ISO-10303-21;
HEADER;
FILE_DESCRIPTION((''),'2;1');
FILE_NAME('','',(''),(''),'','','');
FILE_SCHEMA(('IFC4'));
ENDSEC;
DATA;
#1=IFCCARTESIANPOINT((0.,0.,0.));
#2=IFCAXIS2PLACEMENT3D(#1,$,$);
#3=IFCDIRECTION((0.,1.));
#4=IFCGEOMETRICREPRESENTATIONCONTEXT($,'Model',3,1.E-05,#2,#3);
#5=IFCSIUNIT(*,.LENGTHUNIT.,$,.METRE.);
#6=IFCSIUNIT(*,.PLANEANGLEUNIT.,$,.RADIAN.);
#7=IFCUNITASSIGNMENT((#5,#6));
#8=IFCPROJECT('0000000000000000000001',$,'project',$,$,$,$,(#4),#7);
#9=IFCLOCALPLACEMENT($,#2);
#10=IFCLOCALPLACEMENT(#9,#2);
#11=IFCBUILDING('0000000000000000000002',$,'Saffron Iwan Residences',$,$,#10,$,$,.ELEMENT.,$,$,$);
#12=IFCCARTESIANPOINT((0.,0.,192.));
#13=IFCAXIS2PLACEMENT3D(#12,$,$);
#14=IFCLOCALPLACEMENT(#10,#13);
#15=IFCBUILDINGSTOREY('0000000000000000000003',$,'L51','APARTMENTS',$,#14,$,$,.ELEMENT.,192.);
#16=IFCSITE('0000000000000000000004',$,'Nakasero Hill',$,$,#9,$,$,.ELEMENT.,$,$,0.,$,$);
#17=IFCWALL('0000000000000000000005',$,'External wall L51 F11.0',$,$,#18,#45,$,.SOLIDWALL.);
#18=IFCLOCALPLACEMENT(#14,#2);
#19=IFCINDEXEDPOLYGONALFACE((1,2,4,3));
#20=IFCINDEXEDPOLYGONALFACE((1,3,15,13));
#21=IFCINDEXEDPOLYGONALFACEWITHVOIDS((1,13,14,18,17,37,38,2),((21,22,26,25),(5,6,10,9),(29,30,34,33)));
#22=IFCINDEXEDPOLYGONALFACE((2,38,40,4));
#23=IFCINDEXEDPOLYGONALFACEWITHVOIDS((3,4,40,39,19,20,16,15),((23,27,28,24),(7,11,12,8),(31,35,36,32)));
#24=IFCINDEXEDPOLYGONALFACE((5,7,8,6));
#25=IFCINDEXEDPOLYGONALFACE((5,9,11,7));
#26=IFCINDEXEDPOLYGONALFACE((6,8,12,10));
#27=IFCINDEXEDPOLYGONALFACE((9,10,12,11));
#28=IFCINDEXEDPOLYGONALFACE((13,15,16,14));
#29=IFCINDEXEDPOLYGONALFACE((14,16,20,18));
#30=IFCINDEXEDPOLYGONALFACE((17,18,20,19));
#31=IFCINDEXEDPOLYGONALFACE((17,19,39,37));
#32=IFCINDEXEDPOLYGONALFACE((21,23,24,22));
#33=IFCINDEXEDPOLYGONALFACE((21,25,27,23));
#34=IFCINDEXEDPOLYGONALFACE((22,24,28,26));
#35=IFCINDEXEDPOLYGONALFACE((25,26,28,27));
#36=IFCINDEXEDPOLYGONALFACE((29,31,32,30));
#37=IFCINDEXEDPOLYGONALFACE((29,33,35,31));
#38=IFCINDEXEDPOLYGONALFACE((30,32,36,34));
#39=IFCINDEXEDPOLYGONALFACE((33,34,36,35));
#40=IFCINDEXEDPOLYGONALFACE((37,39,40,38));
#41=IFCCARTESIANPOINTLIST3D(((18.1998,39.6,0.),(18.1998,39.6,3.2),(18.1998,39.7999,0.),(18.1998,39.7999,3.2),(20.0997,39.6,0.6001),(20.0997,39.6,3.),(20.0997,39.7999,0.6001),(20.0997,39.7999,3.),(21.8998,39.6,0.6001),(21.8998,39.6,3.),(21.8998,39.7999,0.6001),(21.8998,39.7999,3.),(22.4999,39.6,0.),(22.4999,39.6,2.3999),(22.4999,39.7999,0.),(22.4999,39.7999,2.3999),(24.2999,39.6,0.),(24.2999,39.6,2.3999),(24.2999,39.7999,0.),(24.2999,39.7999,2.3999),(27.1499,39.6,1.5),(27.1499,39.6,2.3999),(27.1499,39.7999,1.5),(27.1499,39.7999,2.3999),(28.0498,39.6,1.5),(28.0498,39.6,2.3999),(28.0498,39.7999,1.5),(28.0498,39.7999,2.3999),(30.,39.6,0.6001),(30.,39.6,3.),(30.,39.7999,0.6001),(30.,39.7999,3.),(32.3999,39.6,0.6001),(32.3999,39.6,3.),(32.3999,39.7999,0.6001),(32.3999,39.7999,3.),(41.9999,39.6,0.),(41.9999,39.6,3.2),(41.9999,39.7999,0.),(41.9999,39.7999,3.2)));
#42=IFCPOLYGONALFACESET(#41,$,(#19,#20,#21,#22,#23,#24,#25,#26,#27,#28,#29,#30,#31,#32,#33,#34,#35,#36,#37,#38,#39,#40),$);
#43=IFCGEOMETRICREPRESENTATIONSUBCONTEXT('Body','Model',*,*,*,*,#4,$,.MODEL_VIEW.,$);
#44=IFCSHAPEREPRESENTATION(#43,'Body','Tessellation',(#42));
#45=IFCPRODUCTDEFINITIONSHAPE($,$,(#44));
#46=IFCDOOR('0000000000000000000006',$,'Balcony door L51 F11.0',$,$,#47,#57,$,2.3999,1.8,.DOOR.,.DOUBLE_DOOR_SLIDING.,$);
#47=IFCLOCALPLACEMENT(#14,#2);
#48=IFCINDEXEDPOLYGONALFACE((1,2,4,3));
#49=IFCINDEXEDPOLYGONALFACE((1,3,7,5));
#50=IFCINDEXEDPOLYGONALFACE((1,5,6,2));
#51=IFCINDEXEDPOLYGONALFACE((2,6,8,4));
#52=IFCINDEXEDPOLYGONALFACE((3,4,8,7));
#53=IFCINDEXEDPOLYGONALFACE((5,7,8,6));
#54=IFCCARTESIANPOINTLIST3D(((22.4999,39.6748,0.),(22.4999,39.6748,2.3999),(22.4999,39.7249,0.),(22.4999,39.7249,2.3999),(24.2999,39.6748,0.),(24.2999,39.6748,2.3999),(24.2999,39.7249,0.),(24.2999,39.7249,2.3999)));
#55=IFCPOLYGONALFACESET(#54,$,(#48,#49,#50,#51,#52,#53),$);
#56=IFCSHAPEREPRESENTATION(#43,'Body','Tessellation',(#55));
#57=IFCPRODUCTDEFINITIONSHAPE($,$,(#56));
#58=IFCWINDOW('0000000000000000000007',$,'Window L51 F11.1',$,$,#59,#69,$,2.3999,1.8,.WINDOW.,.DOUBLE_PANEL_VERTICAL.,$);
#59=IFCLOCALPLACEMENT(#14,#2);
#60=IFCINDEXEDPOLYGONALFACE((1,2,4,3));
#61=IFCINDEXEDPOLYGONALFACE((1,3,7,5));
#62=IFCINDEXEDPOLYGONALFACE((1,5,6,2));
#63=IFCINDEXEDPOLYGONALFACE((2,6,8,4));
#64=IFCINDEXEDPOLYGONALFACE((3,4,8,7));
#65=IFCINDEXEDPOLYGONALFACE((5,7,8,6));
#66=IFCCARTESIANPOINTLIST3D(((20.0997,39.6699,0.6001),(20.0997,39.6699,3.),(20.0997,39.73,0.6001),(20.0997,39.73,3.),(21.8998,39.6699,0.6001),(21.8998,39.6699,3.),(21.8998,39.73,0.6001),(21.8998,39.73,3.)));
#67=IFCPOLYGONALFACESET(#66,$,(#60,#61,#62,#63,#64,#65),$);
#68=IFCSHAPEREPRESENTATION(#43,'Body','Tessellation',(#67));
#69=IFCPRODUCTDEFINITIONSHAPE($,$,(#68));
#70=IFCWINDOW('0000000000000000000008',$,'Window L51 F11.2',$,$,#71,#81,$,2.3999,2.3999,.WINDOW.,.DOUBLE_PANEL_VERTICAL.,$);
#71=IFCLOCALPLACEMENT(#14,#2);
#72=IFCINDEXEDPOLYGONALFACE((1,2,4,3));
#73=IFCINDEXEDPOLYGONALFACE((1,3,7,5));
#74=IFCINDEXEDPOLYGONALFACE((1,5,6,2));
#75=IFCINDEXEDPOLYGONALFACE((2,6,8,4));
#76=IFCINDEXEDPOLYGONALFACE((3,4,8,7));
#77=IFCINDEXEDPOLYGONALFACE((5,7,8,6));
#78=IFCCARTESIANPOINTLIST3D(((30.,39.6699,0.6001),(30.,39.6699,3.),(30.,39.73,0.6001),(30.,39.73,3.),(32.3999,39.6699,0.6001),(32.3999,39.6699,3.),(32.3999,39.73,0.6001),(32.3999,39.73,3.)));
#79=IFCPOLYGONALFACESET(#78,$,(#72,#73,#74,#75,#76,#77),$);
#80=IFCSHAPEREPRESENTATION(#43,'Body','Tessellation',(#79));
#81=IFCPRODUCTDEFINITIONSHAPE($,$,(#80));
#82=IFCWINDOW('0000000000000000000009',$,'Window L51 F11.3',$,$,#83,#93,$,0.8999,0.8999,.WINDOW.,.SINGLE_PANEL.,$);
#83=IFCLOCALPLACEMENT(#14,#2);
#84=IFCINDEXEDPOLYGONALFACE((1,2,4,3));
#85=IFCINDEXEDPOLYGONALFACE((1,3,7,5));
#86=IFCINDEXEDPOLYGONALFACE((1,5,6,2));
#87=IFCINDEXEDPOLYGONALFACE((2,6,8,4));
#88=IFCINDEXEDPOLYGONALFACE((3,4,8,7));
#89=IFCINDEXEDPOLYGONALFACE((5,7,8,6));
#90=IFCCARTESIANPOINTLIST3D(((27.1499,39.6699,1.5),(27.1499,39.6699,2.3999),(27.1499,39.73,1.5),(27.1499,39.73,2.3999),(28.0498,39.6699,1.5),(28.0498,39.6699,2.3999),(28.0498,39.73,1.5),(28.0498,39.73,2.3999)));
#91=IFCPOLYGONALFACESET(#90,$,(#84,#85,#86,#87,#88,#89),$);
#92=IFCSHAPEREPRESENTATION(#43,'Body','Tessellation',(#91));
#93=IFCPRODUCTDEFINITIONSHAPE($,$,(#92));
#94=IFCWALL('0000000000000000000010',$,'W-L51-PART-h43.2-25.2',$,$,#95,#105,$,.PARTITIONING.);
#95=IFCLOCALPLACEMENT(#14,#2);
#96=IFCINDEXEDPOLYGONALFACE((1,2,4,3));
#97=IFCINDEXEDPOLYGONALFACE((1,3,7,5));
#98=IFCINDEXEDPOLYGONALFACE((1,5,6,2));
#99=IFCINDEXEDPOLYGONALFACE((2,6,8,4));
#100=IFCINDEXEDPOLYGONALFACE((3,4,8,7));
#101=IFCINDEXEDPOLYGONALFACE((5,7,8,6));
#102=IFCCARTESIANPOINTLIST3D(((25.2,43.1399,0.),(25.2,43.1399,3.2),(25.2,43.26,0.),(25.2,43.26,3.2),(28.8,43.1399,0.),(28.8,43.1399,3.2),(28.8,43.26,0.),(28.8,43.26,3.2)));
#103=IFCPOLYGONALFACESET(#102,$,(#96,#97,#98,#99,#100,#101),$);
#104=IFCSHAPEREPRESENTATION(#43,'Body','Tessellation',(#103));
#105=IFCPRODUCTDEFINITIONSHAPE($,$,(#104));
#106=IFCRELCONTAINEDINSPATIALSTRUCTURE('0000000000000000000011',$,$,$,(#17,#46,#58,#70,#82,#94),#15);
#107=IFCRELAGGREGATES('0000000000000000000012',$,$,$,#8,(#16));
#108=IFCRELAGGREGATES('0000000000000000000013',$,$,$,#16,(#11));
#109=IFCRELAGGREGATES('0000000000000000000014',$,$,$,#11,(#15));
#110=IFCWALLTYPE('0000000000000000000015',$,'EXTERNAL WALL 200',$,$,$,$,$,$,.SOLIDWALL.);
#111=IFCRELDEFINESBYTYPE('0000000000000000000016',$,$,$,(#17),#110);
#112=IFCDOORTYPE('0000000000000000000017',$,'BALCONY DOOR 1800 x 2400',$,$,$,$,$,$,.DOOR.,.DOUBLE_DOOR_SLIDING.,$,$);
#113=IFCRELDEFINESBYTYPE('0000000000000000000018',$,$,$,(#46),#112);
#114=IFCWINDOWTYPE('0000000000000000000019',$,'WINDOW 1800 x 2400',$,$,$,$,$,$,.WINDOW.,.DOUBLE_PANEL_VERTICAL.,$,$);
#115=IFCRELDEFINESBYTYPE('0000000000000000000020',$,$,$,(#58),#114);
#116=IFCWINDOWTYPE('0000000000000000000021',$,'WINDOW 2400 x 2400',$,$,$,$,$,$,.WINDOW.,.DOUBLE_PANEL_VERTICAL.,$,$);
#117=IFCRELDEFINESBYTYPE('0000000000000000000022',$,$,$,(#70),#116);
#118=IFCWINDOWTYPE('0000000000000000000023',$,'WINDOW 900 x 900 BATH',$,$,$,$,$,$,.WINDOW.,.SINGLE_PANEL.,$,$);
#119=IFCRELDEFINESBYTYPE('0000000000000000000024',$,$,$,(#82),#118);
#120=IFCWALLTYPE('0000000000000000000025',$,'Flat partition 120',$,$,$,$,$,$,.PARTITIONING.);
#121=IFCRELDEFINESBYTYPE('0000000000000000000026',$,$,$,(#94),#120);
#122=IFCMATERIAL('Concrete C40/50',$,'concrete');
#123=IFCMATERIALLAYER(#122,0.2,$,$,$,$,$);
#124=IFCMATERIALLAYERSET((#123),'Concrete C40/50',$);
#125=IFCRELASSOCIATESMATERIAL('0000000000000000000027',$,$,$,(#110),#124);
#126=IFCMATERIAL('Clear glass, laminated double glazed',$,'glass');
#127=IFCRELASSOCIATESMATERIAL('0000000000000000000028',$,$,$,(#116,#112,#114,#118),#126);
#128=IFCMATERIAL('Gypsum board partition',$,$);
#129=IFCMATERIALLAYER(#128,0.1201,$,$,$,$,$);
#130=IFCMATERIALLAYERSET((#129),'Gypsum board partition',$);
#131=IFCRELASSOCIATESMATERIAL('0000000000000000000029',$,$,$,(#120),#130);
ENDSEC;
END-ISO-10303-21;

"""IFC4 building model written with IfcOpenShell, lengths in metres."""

from ifc_helpers import new_model, si_unit, direction, frame, frame_2d, origin, place, context, subcontext, project, spatial, rectangle, extrude, material, layer, layer_set, type_object, element, fill, save


model = new_model("IFC4")

# Units and contexts
model_context = context("Model", 3, precision=1e-05, world=origin(), true_north=direction((0.0, 1.0)))
body_context = subcontext(model_context, "Body", "Model", "MODEL_VIEW")
ifc_project = project(units=[si_unit("LENGTHUNIT", "METRE"), si_unit("PLANEANGLEUNIT", "RADIAN")], contexts=[model_context])

# Site, building, storey
site_placement = place(None, origin())
site = spatial("IfcSite", under=ifc_project, at=site_placement, Name="Nakasero Hill", CompositionType="ELEMENT", RefElevation=0.0)
building_placement = place(site_placement, origin())
building = spatial("IfcBuilding", under=site, at=building_placement, Name="Saffron Iwan Residences", CompositionType="ELEMENT")
storey_placement = place(building_placement, frame((0.0, 0.0, 192.0)))
storey = spatial("IfcBuildingStorey", under=building, at=storey_placement, Name="L51", Description="APARTMENTS", CompositionType="ELEMENT", Elevation=192.0)

# Shared definitions
ifc_material_1 = material(Name="Concrete C40/50", Category="concrete")
ifc_layer_1 = layer(ifc_material_1, 0.2)
ifc_layer_set_1 = layer_set([ifc_layer_1], Name="Concrete C40/50")
wall_type_1 = type_object("IfcWallType", Name="EXTERNAL WALL 200", PredefinedType="SOLIDWALL", material=ifc_layer_set_1)
ifc_material_2 = material(Name="Clear glass, laminated double glazed", Category="glass")
window_type_1 = type_object("IfcWindowType", Name="WINDOW 2400 x 2400", PartitioningType="DOUBLE_PANEL_VERTICAL", PredefinedType="WINDOW", material=ifc_material_2)

# Wall, openings, door, windows
wall_1_placement = place(storey_placement, frame((18.2, 39.7, 0.0), z_axis=(0.0, 0.0, 1.0), x_axis=(1.0, 0.0, 0.0)))
wall_1 = element("IfcWall", 1, at=wall_1_placement, inside=storey, type_object=wall_type_1, Name="External wall L51 F11.0", PredefinedType="SOLIDWALL", context=body_context, shape_type="SweptSolid", body=[
    extrude(rectangle(XDim=23.8, YDim=0.2, at=frame_2d((11.8999, 0.0))), origin(), (0.0, 0.0, 1.0), 3.2),
])
opening_1_placement = place(wall_1_placement, frame((4.3, 0.0, 0.0)))
opening_1 = element("IfcOpeningElement", 2, at=opening_1_placement, cuts=wall_1, PredefinedType="OPENING", context=body_context, shape_type="SweptSolid", body=[
    extrude(rectangle(XDim=1.8, YDim=2.3999, at=frame_2d((0.8999, 1.2))), frame((0.0, 0.1099, 0.0), z_axis=(0.0, -1.0, 0.0), x_axis=(1.0, 0.0, 0.0)), (0.0, 0.0, 1.0), 0.22),
])
opening_2_placement = place(wall_1_placement, frame((1.8999, 0.0, 0.6001)))
opening_2 = element("IfcOpeningElement", 3, at=opening_2_placement, cuts=wall_1, PredefinedType="OPENING", context=body_context, shape_type="SweptSolid", body=[
    extrude(rectangle(XDim=1.8, YDim=2.3999, at=frame_2d((0.8999, 1.2))), frame((0.0, 0.1099, 0.0), z_axis=(0.0, -1.0, 0.0), x_axis=(1.0, 0.0, 0.0)), (0.0, 0.0, 1.0), 0.22),
])
opening_3_placement = place(wall_1_placement, frame((11.8, 0.0, 0.6001)))
opening_3 = element("IfcOpeningElement", 4, at=opening_3_placement, cuts=wall_1, PredefinedType="OPENING", context=body_context, shape_type="SweptSolid", body=[
    extrude(rectangle(XDim=2.3999, YDim=2.3999, at=frame_2d((1.2, 1.2))), frame((0.0, 0.1099, 0.0), z_axis=(0.0, -1.0, 0.0), x_axis=(1.0, 0.0, 0.0)), (0.0, 0.0, 1.0), 0.22),
])
opening_4_placement = place(wall_1_placement, frame((8.95, 0.0, 1.5)))
opening_4 = element("IfcOpeningElement", 5, at=opening_4_placement, cuts=wall_1, PredefinedType="OPENING", context=body_context, shape_type="SweptSolid", body=[
    extrude(rectangle(XDim=0.8999, YDim=0.8999, at=frame_2d((0.45, 0.45))), frame((0.0, 0.1099, 0.0), z_axis=(0.0, -1.0, 0.0), x_axis=(1.0, 0.0, 0.0)), (0.0, 0.0, 1.0), 0.22),
])
door_type_1 = type_object("IfcDoorType", Name="BALCONY DOOR 1800 x 2400", OperationType="DOUBLE_DOOR_SLIDING", PredefinedType="DOOR", material=ifc_material_2)
door_1_placement = place(opening_1_placement, origin())
door_1 = element("IfcDoor", 6, at=door_1_placement, inside=storey, type_object=door_type_1, Name="Balcony door L51 F11.0", OperationType="DOUBLE_DOOR_SLIDING", OverallHeight=2.3999, OverallWidth=1.8, PredefinedType="DOOR", context=body_context, shape_type="SweptSolid", body=[
    extrude(rectangle(XDim=1.8, YDim=2.3999, at=frame_2d((0.8999, 1.2))), frame((0.0, 0.0249, 0.0), z_axis=(0.0, -1.0, 0.0), x_axis=(1.0, 0.0, 0.0)), (0.0, 0.0, 1.0), 0.05),
])
fill(opening_1, door_1)
window_type_2 = type_object("IfcWindowType", Name="WINDOW 1800 x 2400", PartitioningType="DOUBLE_PANEL_VERTICAL", PredefinedType="WINDOW", material=ifc_material_2)
window_1_placement = place(opening_2_placement, origin())
window_1 = element("IfcWindow", 7, at=window_1_placement, inside=storey, type_object=window_type_2, Name="Window L51 F11.1", OverallHeight=2.3999, OverallWidth=1.8, PartitioningType="DOUBLE_PANEL_VERTICAL", PredefinedType="WINDOW", context=body_context, shape_type="SweptSolid", body=[
    extrude(rectangle(XDim=1.8, YDim=2.3999, at=frame_2d((0.8999, 1.2))), frame((0.0, 0.03, 0.0), z_axis=(0.0, -1.0, 0.0), x_axis=(1.0, 0.0, 0.0)), (0.0, 0.0, 1.0), 0.0601),
])
fill(opening_2, window_1)
window_2_placement = place(opening_3_placement, origin())
window_2 = element("IfcWindow", 8, at=window_2_placement, inside=storey, type_object=window_type_1, Name="Window L51 F11.2", OverallHeight=2.3999, OverallWidth=2.3999, PartitioningType="DOUBLE_PANEL_VERTICAL", PredefinedType="WINDOW", context=body_context, shape_type="SweptSolid", body=[
    extrude(rectangle(XDim=2.3999, YDim=2.3999, at=frame_2d((1.2, 1.2))), frame((0.0, 0.03, 0.0), z_axis=(0.0, -1.0, 0.0), x_axis=(1.0, 0.0, 0.0)), (0.0, 0.0, 1.0), 0.0601),
])
fill(opening_3, window_2)
window_type_3 = type_object("IfcWindowType", Name="WINDOW 900 x 900 BATH", PartitioningType="SINGLE_PANEL", PredefinedType="WINDOW", material=ifc_material_2)
window_3_placement = place(opening_4_placement, origin())
window_3 = element("IfcWindow", 9, at=window_3_placement, inside=storey, type_object=window_type_3, Name="Window L51 F11.3", OverallHeight=0.8999, OverallWidth=0.8999, PartitioningType="SINGLE_PANEL", PredefinedType="WINDOW", context=body_context, shape_type="SweptSolid", body=[
    extrude(rectangle(XDim=0.8999, YDim=0.8999, at=frame_2d((0.45, 0.45))), frame((0.0, 0.03, 0.0), z_axis=(0.0, -1.0, 0.0), x_axis=(1.0, 0.0, 0.0)), (0.0, 0.0, 1.0), 0.0601),
])
fill(opening_4, window_3)

# Wall
ifc_material_3 = material(Name="Gypsum board partition")
ifc_layer_2 = layer(ifc_material_3, 0.1201)
ifc_layer_set_2 = layer_set([ifc_layer_2], Name="Gypsum board partition")
wall_type_2 = type_object("IfcWallType", Name="Flat partition 120", PredefinedType="PARTITIONING", material=ifc_layer_set_2)
wall_2_placement = place(storey_placement, frame((25.2, 43.2, 0.0), z_axis=(0.0, 0.0, 1.0), x_axis=(1.0, 0.0, 0.0)))
element("IfcWall", 10, at=wall_2_placement, inside=storey, type_object=wall_type_2, Name="W-L51-PART-h43.2-25.2", PredefinedType="PARTITIONING", context=body_context, shape_type="SweptSolid", body=[
    extrude(rectangle(XDim=3.6001, YDim=0.1201, at=frame_2d((1.8, 0.0))), origin(), (0.0, 0.0, 1.0), 3.2),
])

save(model, "model.ifc")
